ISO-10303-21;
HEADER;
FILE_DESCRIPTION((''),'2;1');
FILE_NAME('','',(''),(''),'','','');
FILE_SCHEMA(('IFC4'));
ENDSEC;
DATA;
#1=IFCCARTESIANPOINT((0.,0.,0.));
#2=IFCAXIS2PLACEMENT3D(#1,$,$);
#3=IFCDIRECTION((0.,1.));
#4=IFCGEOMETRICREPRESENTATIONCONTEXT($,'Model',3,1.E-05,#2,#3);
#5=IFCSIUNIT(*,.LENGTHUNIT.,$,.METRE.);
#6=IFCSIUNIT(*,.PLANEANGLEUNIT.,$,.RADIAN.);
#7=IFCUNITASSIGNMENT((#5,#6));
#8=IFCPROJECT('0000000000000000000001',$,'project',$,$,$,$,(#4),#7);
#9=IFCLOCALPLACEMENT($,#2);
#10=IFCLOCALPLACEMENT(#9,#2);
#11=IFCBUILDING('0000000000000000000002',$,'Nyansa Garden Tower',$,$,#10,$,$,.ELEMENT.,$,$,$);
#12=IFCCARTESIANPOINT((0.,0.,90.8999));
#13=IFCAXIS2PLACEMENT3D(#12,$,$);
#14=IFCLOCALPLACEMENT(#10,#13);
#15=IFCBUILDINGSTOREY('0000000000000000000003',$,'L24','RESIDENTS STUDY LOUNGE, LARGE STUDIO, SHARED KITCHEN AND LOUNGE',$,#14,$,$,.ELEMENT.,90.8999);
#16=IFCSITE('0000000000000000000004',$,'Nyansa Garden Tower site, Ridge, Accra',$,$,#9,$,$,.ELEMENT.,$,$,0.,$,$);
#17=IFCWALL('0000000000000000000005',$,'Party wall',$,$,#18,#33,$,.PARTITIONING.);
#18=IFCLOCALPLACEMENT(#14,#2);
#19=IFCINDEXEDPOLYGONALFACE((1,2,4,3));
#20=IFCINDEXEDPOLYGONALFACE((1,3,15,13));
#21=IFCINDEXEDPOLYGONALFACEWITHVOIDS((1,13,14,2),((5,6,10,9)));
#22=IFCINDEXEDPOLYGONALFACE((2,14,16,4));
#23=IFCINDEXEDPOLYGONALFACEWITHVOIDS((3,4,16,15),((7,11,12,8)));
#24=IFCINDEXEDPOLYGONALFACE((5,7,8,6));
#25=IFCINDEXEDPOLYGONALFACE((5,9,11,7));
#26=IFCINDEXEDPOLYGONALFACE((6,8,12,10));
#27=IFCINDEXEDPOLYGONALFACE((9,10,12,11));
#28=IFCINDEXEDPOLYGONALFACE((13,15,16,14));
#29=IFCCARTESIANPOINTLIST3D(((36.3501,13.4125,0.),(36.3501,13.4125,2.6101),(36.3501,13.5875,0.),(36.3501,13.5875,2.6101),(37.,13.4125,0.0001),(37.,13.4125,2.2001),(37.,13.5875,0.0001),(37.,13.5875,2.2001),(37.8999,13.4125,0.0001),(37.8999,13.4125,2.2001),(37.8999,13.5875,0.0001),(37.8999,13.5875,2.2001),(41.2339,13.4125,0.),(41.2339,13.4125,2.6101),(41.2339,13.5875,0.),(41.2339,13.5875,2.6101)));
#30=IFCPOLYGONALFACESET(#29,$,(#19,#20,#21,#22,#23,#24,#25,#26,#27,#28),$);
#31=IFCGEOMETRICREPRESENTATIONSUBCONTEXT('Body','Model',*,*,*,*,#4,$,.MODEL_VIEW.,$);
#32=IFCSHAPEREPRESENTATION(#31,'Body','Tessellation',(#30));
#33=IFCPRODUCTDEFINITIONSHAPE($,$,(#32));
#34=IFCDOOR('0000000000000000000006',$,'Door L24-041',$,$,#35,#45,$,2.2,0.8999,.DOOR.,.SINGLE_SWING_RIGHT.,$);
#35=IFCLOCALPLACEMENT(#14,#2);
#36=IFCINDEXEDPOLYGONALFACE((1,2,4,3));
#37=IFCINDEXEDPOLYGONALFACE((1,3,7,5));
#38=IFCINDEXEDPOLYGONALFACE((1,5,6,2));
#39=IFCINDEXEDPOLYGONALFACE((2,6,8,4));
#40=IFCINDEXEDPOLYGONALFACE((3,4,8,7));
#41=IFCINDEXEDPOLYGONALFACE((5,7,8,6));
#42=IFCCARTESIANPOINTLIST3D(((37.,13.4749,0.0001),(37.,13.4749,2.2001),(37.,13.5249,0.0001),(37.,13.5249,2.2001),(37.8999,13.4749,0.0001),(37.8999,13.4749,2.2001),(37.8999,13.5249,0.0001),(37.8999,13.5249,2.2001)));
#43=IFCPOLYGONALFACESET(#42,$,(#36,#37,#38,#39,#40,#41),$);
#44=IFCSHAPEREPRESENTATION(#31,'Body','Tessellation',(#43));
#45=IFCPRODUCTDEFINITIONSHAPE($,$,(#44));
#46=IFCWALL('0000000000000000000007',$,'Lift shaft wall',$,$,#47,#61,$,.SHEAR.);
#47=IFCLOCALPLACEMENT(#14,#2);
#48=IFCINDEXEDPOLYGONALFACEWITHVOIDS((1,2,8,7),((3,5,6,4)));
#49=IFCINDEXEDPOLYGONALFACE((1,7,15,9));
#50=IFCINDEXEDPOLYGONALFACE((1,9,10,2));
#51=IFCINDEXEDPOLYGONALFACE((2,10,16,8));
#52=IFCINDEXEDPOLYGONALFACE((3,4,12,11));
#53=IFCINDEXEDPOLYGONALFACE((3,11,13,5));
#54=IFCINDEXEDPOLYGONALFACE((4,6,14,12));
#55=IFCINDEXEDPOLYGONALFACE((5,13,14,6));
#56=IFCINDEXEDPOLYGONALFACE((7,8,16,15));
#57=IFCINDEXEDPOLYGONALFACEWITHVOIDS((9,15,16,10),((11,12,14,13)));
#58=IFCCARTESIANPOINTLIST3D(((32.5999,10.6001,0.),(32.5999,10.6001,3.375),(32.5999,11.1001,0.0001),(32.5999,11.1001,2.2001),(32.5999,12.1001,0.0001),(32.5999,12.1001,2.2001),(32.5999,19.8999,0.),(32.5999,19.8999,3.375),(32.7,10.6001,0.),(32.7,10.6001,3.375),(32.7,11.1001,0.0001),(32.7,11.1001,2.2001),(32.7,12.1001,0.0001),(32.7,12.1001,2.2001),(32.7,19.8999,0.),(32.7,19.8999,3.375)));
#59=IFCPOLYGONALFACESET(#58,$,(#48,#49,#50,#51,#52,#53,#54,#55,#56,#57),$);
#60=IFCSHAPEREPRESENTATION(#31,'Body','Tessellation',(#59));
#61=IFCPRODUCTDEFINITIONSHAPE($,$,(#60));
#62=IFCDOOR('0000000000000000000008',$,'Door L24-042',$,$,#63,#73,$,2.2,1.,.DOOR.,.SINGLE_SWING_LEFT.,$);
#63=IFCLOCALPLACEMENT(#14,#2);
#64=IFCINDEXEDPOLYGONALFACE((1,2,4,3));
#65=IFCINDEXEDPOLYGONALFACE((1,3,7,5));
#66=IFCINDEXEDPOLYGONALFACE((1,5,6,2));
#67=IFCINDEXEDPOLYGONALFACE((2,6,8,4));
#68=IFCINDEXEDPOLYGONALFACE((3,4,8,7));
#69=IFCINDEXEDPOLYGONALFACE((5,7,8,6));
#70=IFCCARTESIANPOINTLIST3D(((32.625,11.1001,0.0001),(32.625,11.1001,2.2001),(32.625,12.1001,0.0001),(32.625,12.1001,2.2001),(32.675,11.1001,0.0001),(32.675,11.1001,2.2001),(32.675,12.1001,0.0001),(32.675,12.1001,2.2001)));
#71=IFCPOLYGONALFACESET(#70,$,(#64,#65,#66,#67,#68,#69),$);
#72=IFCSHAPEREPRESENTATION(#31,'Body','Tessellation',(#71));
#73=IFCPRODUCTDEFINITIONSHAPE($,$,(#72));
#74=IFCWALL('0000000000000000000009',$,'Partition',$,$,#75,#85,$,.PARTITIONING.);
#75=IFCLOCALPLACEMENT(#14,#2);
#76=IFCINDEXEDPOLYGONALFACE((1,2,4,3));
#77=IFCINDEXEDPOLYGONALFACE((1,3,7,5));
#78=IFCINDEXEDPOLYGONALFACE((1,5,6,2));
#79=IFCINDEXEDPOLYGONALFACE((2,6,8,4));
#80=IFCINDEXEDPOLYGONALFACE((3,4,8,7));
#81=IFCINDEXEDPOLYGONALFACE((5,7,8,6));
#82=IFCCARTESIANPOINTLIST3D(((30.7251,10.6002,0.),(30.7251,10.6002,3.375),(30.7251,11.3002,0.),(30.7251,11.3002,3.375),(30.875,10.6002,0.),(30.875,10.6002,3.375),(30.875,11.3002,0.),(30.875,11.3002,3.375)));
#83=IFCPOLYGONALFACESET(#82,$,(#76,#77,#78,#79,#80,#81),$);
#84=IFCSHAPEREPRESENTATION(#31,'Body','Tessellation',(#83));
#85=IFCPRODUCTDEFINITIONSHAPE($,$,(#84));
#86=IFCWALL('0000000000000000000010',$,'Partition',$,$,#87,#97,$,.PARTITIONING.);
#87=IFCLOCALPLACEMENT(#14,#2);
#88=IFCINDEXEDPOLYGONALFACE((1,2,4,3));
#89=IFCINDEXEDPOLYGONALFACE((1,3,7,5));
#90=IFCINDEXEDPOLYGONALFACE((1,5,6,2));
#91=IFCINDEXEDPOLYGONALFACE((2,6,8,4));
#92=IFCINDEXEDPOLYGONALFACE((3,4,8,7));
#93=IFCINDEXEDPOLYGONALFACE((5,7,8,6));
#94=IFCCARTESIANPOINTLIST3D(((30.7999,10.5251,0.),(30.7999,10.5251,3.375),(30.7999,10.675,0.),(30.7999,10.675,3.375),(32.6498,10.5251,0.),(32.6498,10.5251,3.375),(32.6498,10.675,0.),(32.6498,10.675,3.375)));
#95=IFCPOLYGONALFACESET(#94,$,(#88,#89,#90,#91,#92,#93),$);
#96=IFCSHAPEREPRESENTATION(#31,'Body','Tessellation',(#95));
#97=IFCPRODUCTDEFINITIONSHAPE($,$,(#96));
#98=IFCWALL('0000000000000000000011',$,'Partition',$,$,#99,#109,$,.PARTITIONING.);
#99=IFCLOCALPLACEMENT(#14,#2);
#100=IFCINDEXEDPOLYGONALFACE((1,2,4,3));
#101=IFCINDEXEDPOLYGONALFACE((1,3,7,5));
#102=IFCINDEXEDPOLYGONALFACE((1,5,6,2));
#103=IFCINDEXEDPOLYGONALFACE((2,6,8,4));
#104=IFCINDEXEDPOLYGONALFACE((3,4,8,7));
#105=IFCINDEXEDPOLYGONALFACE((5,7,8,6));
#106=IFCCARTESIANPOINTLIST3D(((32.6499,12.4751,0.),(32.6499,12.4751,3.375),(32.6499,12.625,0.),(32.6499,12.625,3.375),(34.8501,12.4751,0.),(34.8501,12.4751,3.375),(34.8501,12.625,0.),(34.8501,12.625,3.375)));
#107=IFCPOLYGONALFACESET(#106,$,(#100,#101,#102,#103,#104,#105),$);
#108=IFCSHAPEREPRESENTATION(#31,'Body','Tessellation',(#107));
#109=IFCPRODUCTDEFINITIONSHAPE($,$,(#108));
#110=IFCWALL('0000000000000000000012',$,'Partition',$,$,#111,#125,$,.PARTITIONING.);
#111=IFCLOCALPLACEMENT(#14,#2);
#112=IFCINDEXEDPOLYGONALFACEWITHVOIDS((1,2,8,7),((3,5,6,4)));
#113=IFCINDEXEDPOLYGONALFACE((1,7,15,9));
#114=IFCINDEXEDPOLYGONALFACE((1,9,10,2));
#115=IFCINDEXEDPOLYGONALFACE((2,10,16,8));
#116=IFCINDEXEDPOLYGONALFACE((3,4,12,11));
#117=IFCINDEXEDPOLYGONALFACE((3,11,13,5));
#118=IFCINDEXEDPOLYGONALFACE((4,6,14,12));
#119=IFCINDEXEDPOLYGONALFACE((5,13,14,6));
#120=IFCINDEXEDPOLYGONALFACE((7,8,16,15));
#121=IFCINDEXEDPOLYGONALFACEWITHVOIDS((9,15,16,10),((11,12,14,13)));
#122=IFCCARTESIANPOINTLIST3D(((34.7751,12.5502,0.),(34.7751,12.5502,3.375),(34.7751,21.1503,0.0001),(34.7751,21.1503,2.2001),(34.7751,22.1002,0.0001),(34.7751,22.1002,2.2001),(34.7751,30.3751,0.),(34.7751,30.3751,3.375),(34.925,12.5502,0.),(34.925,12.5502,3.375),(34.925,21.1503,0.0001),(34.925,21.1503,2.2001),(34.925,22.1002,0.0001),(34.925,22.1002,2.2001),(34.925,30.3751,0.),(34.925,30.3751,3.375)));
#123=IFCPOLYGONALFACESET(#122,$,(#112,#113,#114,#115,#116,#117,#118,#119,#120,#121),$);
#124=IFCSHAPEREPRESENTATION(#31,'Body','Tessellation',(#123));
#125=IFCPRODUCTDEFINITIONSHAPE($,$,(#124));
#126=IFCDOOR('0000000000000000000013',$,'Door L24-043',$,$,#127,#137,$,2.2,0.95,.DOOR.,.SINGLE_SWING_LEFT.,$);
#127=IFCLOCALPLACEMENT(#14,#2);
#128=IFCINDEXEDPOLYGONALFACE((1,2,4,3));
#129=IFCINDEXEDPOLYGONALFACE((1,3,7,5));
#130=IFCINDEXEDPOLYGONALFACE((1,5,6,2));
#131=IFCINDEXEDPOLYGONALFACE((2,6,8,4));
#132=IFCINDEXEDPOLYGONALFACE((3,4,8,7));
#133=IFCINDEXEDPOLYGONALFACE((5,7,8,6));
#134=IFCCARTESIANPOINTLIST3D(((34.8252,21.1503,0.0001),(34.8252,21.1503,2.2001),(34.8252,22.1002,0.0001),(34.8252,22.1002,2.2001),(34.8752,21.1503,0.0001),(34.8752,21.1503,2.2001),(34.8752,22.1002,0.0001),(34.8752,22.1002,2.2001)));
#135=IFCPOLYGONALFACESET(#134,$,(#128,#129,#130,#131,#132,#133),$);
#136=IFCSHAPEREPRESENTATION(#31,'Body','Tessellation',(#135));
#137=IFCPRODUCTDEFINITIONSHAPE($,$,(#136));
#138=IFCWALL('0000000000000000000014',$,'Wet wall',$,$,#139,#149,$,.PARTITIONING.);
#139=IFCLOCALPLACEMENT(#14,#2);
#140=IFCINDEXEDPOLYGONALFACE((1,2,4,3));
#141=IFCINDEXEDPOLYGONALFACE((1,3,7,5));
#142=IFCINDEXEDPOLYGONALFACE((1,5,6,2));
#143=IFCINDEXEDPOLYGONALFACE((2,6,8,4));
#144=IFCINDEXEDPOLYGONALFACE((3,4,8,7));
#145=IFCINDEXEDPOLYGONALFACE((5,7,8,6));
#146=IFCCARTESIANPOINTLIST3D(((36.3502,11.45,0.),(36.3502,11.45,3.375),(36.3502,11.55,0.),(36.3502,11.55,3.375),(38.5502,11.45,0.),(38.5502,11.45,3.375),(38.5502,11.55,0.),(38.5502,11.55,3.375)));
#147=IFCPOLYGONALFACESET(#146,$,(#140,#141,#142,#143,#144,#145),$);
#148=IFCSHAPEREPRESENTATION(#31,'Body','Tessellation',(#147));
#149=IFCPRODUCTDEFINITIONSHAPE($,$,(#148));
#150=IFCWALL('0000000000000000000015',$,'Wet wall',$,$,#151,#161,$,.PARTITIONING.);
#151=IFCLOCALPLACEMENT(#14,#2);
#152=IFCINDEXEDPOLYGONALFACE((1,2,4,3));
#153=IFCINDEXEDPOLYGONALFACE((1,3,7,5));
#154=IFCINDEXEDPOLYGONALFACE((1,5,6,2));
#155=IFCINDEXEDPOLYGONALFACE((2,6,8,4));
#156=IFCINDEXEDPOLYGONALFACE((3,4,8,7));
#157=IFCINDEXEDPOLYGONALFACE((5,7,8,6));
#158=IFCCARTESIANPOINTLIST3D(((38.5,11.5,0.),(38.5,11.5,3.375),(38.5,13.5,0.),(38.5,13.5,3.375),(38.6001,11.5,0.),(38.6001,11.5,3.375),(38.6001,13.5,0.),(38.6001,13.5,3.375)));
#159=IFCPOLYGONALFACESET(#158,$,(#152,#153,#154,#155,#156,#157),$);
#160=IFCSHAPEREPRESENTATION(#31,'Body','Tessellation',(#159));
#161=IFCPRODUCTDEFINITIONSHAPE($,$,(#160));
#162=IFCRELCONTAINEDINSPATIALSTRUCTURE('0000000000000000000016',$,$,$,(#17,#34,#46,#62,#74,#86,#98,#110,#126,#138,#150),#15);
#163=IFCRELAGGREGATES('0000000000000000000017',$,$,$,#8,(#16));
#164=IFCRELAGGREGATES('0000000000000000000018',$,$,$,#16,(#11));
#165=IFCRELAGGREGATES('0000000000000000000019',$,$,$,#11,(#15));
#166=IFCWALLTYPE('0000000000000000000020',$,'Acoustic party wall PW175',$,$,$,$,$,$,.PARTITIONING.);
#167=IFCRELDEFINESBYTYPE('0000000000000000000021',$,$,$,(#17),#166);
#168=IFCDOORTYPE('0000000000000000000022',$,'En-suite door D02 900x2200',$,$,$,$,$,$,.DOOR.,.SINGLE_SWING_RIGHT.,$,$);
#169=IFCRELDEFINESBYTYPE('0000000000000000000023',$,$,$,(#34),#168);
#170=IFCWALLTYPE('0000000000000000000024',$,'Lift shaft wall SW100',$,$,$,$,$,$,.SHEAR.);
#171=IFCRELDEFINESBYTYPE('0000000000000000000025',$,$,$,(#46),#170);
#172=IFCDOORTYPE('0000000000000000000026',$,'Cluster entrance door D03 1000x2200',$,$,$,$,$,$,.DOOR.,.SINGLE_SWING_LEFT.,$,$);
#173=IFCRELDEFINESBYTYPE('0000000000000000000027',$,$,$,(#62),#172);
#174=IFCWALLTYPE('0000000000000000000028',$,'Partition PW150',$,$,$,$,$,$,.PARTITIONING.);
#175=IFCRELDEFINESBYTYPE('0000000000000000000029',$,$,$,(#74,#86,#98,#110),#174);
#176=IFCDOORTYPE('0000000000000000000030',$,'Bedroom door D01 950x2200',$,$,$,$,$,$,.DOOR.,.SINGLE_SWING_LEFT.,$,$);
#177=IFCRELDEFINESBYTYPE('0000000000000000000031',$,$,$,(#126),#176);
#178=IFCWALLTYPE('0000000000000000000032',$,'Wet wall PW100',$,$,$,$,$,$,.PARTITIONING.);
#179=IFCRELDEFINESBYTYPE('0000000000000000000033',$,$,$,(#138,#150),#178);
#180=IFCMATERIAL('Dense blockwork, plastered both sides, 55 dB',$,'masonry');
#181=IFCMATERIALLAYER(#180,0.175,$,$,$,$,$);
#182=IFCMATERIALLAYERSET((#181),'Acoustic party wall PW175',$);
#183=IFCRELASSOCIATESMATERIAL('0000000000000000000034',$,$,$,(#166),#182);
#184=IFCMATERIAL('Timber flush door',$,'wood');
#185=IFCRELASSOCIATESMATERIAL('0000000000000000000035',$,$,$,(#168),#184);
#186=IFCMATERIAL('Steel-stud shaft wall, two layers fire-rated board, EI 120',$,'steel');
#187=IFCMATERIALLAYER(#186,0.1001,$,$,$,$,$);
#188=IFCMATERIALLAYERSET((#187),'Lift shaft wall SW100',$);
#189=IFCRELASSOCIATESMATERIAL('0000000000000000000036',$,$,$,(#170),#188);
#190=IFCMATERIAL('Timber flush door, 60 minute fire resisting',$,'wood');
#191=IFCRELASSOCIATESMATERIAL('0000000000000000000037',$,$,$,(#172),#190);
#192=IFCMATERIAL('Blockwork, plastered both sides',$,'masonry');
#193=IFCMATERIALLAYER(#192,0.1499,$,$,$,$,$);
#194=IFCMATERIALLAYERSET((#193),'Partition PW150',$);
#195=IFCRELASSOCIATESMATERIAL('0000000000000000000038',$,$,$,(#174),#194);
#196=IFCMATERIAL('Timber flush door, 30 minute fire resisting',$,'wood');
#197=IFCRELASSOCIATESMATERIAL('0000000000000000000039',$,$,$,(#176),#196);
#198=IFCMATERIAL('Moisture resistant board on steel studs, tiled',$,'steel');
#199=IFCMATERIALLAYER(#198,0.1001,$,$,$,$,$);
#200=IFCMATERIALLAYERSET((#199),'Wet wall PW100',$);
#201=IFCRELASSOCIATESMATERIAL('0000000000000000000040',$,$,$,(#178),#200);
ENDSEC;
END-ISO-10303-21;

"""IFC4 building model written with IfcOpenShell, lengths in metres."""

from ifc_helpers import new_model, si_unit, direction, frame, frame_2d, origin, place, context, subcontext, project, spatial, rectangle, extrude, material, layer, layer_set, type_object, element, fill, save


model = new_model("IFC4")

# Units and contexts
model_context = context("Model", 3, precision=1e-05, world=origin(), true_north=direction((0.0, 1.0)))
body_context = subcontext(model_context, "Body", "Model", "MODEL_VIEW")
ifc_project = project(units=[si_unit("LENGTHUNIT", "METRE"), si_unit("PLANEANGLEUNIT", "RADIAN")], contexts=[model_context])

# Site, building, storey
site_placement = place(None, origin())
site = spatial("IfcSite", under=ifc_project, at=site_placement, Name="Nyansa Garden Tower site, Ridge, Accra", CompositionType="ELEMENT", RefElevation=0.0)
building_placement = place(site_placement, origin())
building = spatial("IfcBuilding", under=site, at=building_placement, Name="Nyansa Garden Tower", CompositionType="ELEMENT")
storey_placement = place(building_placement, frame((0.0, 0.0, 90.8999)))
storey = spatial("IfcBuildingStorey", under=building, at=storey_placement, Name="L24", Description="RESIDENTS STUDY LOUNGE, LARGE STUDIO, SHARED KITCHEN AND LOUNGE", CompositionType="ELEMENT", Elevation=90.8999)

# Walls, openings, doors
ifc_material_1 = material(Name="Dense blockwork, plastered both sides, 55 dB", Category="masonry")
ifc_layer_1 = layer(ifc_material_1, 0.175)
ifc_layer_set_1 = layer_set([ifc_layer_1], Name="Acoustic party wall PW175")
wall_type_1 = type_object("IfcWallType", Name="Acoustic party wall PW175", PredefinedType="PARTITIONING", material=ifc_layer_set_1)
wall_1_placement = place(storey_placement, frame((36.3501, 13.5, 0.0), z_axis=(0.0, 0.0, 1.0), x_axis=(1.0, 0.0, 0.0)))
wall_1 = element("IfcWall", 1, at=wall_1_placement, inside=storey, type_object=wall_type_1, Name="Party wall", PredefinedType="PARTITIONING", context=body_context, shape_type="SweptSolid", body=[
    extrude(rectangle(XDim=4.8838, YDim=0.175, at=frame_2d((2.4419, 0.0))), origin(), (0.0, 0.0, 1.0), 2.6101),
])
opening_1_placement = place(wall_1_placement, frame((0.6499, 0.0, 0.0)))
opening_1 = element("IfcOpeningElement", 2, at=opening_1_placement, cuts=wall_1, PredefinedType="OPENING", context=body_context, shape_type="SweptSolid", body=[
    extrude(rectangle(XDim=0.8999, YDim=2.2, at=frame_2d((0.45, 1.1001))), frame((0.0, 0.0974, 0.0), z_axis=(0.0, -1.0, 0.0), x_axis=(1.0, 0.0, 0.0)), (0.0, 0.0, 1.0), 0.1951),
])
ifc_material_2 = material(Name="Timber flush door", Category="wood")
door_type_1 = type_object("IfcDoorType", Name="En-suite door D02 900x2200", OperationType="SINGLE_SWING_RIGHT", PredefinedType="DOOR", material=ifc_material_2)
door_1_placement = place(opening_1_placement, origin())
door_1 = element("IfcDoor", 3, at=door_1_placement, inside=storey, type_object=door_type_1, Name="Door L24-041", OperationType="SINGLE_SWING_RIGHT", OverallHeight=2.2, OverallWidth=0.8999, PredefinedType="DOOR", context=body_context, shape_type="SweptSolid", body=[
    extrude(rectangle(XDim=0.8999, YDim=2.2, at=frame_2d((0.45, 1.1001))), frame((0.0, 0.0249, 0.0), z_axis=(0.0, -1.0, 0.0), x_axis=(1.0, 0.0, 0.0)), (0.0, 0.0, 1.0), 0.05),
])
fill(opening_1, door_1)
ifc_material_3 = material(Name="Steel-stud shaft wall, two layers fire-rated board, EI 120", Category="steel")
ifc_layer_2 = layer(ifc_material_3, 0.1001)
ifc_layer_set_2 = layer_set([ifc_layer_2], Name="Lift shaft wall SW100")
wall_type_2 = type_object("IfcWallType", Name="Lift shaft wall SW100", PredefinedType="SHEAR", material=ifc_layer_set_2)
wall_2_placement = place(storey_placement, frame((32.6499, 10.6001, 0.0), z_axis=(0.0, 0.0, 1.0), x_axis=(0.0, 1.0, 0.0)))
wall_2 = element("IfcWall", 4, at=wall_2_placement, inside=storey, type_object=wall_type_2, Name="Lift shaft wall", PredefinedType="SHEAR", context=body_context, shape_type="SweptSolid", body=[
    extrude(rectangle(XDim=9.2998, YDim=0.1001, at=frame_2d((4.6499, 0.0))), origin(), (0.0, 0.0, 1.0), 3.375),
])
opening_2_placement = place(wall_2_placement, frame((0.5, 0.0, 0.0)))
opening_2 = element("IfcOpeningElement", 5, at=opening_2_placement, cuts=wall_2, PredefinedType="OPENING", context=body_context, shape_type="SweptSolid", body=[
    extrude(rectangle(XDim=1.0, YDim=2.2, at=frame_2d((0.5, 1.1001))), frame((0.0, 0.0601, 0.0), z_axis=(0.0, -1.0, 0.0), x_axis=(1.0, 0.0, 0.0)), (0.0, 0.0, 1.0), 0.1201),
])
ifc_material_4 = material(Name="Timber flush door, 60 minute fire resisting", Category="wood")
door_type_2 = type_object("IfcDoorType", Name="Cluster entrance door D03 1000x2200", OperationType="SINGLE_SWING_LEFT", PredefinedType="DOOR", material=ifc_material_4)
door_2_placement = place(opening_2_placement, origin())
door_2 = element("IfcDoor", 6, at=door_2_placement, inside=storey, type_object=door_type_2, Name="Door L24-042", OperationType="SINGLE_SWING_LEFT", OverallHeight=2.2, OverallWidth=1.0, PredefinedType="DOOR", context=body_context, shape_type="SweptSolid", body=[
    extrude(rectangle(XDim=1.0, YDim=2.2, at=frame_2d((0.5, 1.1001))), frame((0.0, 0.0249, 0.0), z_axis=(0.0, -1.0, 0.0), x_axis=(1.0, 0.0, 0.0)), (0.0, 0.0, 1.0), 0.05),
])
fill(opening_2, door_2)

# Walls
ifc_material_5 = material(Name="Blockwork, plastered both sides", Category="masonry")
ifc_layer_3 = layer(ifc_material_5, 0.1499)
ifc_layer_set_3 = layer_set([ifc_layer_3], Name="Partition PW150")
wall_type_3 = type_object("IfcWallType", Name="Partition PW150", PredefinedType="PARTITIONING", material=ifc_layer_set_3)
wall_3_placement = place(storey_placement, frame((30.8, 10.6001, 0.0), z_axis=(0.0, 0.0, 1.0), x_axis=(0.0, 1.0, 0.0)))
element("IfcWall", 7, at=wall_3_placement, inside=storey, type_object=wall_type_3, Name="Partition", PredefinedType="PARTITIONING", context=body_context, shape_type="SweptSolid", body=[
    extrude(rectangle(XDim=0.7, YDim=0.1499, at=frame_2d((0.3501, 0.0))), origin(), (0.0, 0.0, 1.0), 3.375),
])
wall_4_placement = place(storey_placement, frame((30.8, 10.6001, 0.0), z_axis=(0.0, 0.0, 1.0), x_axis=(1.0, 0.0, 0.0)))
element("IfcWall", 8, at=wall_4_placement, inside=storey, type_object=wall_type_3, Name="Partition", PredefinedType="PARTITIONING", context=body_context, shape_type="SweptSolid", body=[
    extrude(rectangle(XDim=1.8499, YDim=0.1499, at=frame_2d((0.9248, 0.0))), origin(), (0.0, 0.0, 1.0), 3.375),
])
wall_5_placement = place(storey_placement, frame((32.6499, 12.55, 0.0), z_axis=(0.0, 0.0, 1.0), x_axis=(1.0, 0.0, 0.0)))
element("IfcWall", 9, at=wall_5_placement, inside=storey, type_object=wall_type_3, Name="Partition", PredefinedType="PARTITIONING", context=body_context, shape_type="SweptSolid", body=[
    extrude(rectangle(XDim=2.2002, YDim=0.1499, at=frame_2d((1.1001, 0.0))), origin(), (0.0, 0.0, 1.0), 3.375),
])

# Wall, opening, door
wall_6_placement = place(storey_placement, frame((34.8501, 12.55, 0.0), z_axis=(0.0, 0.0, 1.0), x_axis=(0.0, 1.0, 0.0)))
wall_6 = element("IfcWall", 10, at=wall_6_placement, inside=storey, type_object=wall_type_3, Name="Partition", PredefinedType="PARTITIONING", context=body_context, shape_type="SweptSolid", body=[
    extrude(rectangle(XDim=17.825, YDim=0.1499, at=frame_2d((8.9126, 0.0))), origin(), (0.0, 0.0, 1.0), 3.375),
])
opening_3_placement = place(wall_6_placement, frame((8.6001, 0.0, 0.0)))
opening_3 = element("IfcOpeningElement", 11, at=opening_3_placement, cuts=wall_6, PredefinedType="OPENING", context=body_context, shape_type="SweptSolid", body=[
    extrude(rectangle(XDim=0.95, YDim=2.2, at=frame_2d((0.4751, 1.1001))), frame((0.0, 0.085, 0.0), z_axis=(0.0, -1.0, 0.0), x_axis=(1.0, 0.0, 0.0)), (0.0, 0.0, 1.0), 0.1699),
])
ifc_material_6 = material(Name="Timber flush door, 30 minute fire resisting", Category="wood")
door_type_3 = type_object("IfcDoorType", Name="Bedroom door D01 950x2200", OperationType="SINGLE_SWING_LEFT", PredefinedType="DOOR", material=ifc_material_6)
door_3_placement = place(opening_3_placement, origin())
door_3 = element("IfcDoor", 12, at=door_3_placement, inside=storey, type_object=door_type_3, Name="Door L24-043", OperationType="SINGLE_SWING_LEFT", OverallHeight=2.2, OverallWidth=0.95, PredefinedType="DOOR", context=body_context, shape_type="SweptSolid", body=[
    extrude(rectangle(XDim=0.95, YDim=2.2, at=frame_2d((0.4751, 1.1001))), frame((0.0, 0.0249, 0.0), z_axis=(0.0, -1.0, 0.0), x_axis=(1.0, 0.0, 0.0)), (0.0, 0.0, 1.0), 0.05),
])
fill(opening_3, door_3)

# Walls
ifc_material_7 = material(Name="Moisture resistant board on steel studs, tiled", Category="steel")
ifc_layer_4 = layer(ifc_material_7, 0.1001)
ifc_layer_set_4 = layer_set([ifc_layer_4], Name="Wet wall PW100")
wall_type_4 = type_object("IfcWallType", Name="Wet wall PW100", PredefinedType="PARTITIONING", material=ifc_layer_set_4)
wall_7_placement = place(storey_placement, frame((36.3501, 11.5, 0.0), z_axis=(0.0, 0.0, 1.0), x_axis=(1.0, 0.0, 0.0)))
element("IfcWall", 13, at=wall_7_placement, inside=storey, type_object=wall_type_4, Name="Wet wall", PredefinedType="PARTITIONING", context=body_context, shape_type="SweptSolid", body=[
    extrude(rectangle(XDim=2.2, YDim=0.1001, at=frame_2d((1.1001, 0.0))), origin(), (0.0, 0.0, 1.0), 3.375),
])
wall_8_placement = place(storey_placement, frame((38.55, 11.5, 0.0), z_axis=(0.0, 0.0, 1.0), x_axis=(0.0, 1.0, 0.0)))
element("IfcWall", 14, at=wall_8_placement, inside=storey, type_object=wall_type_4, Name="Wet wall", PredefinedType="PARTITIONING", context=body_context, shape_type="SweptSolid", body=[
    extrude(rectangle(XDim=2.0, YDim=0.1001, at=frame_2d((1.0, 0.0))), origin(), (0.0, 0.0, 1.0), 3.375),
])

save(model, "model.ifc")
